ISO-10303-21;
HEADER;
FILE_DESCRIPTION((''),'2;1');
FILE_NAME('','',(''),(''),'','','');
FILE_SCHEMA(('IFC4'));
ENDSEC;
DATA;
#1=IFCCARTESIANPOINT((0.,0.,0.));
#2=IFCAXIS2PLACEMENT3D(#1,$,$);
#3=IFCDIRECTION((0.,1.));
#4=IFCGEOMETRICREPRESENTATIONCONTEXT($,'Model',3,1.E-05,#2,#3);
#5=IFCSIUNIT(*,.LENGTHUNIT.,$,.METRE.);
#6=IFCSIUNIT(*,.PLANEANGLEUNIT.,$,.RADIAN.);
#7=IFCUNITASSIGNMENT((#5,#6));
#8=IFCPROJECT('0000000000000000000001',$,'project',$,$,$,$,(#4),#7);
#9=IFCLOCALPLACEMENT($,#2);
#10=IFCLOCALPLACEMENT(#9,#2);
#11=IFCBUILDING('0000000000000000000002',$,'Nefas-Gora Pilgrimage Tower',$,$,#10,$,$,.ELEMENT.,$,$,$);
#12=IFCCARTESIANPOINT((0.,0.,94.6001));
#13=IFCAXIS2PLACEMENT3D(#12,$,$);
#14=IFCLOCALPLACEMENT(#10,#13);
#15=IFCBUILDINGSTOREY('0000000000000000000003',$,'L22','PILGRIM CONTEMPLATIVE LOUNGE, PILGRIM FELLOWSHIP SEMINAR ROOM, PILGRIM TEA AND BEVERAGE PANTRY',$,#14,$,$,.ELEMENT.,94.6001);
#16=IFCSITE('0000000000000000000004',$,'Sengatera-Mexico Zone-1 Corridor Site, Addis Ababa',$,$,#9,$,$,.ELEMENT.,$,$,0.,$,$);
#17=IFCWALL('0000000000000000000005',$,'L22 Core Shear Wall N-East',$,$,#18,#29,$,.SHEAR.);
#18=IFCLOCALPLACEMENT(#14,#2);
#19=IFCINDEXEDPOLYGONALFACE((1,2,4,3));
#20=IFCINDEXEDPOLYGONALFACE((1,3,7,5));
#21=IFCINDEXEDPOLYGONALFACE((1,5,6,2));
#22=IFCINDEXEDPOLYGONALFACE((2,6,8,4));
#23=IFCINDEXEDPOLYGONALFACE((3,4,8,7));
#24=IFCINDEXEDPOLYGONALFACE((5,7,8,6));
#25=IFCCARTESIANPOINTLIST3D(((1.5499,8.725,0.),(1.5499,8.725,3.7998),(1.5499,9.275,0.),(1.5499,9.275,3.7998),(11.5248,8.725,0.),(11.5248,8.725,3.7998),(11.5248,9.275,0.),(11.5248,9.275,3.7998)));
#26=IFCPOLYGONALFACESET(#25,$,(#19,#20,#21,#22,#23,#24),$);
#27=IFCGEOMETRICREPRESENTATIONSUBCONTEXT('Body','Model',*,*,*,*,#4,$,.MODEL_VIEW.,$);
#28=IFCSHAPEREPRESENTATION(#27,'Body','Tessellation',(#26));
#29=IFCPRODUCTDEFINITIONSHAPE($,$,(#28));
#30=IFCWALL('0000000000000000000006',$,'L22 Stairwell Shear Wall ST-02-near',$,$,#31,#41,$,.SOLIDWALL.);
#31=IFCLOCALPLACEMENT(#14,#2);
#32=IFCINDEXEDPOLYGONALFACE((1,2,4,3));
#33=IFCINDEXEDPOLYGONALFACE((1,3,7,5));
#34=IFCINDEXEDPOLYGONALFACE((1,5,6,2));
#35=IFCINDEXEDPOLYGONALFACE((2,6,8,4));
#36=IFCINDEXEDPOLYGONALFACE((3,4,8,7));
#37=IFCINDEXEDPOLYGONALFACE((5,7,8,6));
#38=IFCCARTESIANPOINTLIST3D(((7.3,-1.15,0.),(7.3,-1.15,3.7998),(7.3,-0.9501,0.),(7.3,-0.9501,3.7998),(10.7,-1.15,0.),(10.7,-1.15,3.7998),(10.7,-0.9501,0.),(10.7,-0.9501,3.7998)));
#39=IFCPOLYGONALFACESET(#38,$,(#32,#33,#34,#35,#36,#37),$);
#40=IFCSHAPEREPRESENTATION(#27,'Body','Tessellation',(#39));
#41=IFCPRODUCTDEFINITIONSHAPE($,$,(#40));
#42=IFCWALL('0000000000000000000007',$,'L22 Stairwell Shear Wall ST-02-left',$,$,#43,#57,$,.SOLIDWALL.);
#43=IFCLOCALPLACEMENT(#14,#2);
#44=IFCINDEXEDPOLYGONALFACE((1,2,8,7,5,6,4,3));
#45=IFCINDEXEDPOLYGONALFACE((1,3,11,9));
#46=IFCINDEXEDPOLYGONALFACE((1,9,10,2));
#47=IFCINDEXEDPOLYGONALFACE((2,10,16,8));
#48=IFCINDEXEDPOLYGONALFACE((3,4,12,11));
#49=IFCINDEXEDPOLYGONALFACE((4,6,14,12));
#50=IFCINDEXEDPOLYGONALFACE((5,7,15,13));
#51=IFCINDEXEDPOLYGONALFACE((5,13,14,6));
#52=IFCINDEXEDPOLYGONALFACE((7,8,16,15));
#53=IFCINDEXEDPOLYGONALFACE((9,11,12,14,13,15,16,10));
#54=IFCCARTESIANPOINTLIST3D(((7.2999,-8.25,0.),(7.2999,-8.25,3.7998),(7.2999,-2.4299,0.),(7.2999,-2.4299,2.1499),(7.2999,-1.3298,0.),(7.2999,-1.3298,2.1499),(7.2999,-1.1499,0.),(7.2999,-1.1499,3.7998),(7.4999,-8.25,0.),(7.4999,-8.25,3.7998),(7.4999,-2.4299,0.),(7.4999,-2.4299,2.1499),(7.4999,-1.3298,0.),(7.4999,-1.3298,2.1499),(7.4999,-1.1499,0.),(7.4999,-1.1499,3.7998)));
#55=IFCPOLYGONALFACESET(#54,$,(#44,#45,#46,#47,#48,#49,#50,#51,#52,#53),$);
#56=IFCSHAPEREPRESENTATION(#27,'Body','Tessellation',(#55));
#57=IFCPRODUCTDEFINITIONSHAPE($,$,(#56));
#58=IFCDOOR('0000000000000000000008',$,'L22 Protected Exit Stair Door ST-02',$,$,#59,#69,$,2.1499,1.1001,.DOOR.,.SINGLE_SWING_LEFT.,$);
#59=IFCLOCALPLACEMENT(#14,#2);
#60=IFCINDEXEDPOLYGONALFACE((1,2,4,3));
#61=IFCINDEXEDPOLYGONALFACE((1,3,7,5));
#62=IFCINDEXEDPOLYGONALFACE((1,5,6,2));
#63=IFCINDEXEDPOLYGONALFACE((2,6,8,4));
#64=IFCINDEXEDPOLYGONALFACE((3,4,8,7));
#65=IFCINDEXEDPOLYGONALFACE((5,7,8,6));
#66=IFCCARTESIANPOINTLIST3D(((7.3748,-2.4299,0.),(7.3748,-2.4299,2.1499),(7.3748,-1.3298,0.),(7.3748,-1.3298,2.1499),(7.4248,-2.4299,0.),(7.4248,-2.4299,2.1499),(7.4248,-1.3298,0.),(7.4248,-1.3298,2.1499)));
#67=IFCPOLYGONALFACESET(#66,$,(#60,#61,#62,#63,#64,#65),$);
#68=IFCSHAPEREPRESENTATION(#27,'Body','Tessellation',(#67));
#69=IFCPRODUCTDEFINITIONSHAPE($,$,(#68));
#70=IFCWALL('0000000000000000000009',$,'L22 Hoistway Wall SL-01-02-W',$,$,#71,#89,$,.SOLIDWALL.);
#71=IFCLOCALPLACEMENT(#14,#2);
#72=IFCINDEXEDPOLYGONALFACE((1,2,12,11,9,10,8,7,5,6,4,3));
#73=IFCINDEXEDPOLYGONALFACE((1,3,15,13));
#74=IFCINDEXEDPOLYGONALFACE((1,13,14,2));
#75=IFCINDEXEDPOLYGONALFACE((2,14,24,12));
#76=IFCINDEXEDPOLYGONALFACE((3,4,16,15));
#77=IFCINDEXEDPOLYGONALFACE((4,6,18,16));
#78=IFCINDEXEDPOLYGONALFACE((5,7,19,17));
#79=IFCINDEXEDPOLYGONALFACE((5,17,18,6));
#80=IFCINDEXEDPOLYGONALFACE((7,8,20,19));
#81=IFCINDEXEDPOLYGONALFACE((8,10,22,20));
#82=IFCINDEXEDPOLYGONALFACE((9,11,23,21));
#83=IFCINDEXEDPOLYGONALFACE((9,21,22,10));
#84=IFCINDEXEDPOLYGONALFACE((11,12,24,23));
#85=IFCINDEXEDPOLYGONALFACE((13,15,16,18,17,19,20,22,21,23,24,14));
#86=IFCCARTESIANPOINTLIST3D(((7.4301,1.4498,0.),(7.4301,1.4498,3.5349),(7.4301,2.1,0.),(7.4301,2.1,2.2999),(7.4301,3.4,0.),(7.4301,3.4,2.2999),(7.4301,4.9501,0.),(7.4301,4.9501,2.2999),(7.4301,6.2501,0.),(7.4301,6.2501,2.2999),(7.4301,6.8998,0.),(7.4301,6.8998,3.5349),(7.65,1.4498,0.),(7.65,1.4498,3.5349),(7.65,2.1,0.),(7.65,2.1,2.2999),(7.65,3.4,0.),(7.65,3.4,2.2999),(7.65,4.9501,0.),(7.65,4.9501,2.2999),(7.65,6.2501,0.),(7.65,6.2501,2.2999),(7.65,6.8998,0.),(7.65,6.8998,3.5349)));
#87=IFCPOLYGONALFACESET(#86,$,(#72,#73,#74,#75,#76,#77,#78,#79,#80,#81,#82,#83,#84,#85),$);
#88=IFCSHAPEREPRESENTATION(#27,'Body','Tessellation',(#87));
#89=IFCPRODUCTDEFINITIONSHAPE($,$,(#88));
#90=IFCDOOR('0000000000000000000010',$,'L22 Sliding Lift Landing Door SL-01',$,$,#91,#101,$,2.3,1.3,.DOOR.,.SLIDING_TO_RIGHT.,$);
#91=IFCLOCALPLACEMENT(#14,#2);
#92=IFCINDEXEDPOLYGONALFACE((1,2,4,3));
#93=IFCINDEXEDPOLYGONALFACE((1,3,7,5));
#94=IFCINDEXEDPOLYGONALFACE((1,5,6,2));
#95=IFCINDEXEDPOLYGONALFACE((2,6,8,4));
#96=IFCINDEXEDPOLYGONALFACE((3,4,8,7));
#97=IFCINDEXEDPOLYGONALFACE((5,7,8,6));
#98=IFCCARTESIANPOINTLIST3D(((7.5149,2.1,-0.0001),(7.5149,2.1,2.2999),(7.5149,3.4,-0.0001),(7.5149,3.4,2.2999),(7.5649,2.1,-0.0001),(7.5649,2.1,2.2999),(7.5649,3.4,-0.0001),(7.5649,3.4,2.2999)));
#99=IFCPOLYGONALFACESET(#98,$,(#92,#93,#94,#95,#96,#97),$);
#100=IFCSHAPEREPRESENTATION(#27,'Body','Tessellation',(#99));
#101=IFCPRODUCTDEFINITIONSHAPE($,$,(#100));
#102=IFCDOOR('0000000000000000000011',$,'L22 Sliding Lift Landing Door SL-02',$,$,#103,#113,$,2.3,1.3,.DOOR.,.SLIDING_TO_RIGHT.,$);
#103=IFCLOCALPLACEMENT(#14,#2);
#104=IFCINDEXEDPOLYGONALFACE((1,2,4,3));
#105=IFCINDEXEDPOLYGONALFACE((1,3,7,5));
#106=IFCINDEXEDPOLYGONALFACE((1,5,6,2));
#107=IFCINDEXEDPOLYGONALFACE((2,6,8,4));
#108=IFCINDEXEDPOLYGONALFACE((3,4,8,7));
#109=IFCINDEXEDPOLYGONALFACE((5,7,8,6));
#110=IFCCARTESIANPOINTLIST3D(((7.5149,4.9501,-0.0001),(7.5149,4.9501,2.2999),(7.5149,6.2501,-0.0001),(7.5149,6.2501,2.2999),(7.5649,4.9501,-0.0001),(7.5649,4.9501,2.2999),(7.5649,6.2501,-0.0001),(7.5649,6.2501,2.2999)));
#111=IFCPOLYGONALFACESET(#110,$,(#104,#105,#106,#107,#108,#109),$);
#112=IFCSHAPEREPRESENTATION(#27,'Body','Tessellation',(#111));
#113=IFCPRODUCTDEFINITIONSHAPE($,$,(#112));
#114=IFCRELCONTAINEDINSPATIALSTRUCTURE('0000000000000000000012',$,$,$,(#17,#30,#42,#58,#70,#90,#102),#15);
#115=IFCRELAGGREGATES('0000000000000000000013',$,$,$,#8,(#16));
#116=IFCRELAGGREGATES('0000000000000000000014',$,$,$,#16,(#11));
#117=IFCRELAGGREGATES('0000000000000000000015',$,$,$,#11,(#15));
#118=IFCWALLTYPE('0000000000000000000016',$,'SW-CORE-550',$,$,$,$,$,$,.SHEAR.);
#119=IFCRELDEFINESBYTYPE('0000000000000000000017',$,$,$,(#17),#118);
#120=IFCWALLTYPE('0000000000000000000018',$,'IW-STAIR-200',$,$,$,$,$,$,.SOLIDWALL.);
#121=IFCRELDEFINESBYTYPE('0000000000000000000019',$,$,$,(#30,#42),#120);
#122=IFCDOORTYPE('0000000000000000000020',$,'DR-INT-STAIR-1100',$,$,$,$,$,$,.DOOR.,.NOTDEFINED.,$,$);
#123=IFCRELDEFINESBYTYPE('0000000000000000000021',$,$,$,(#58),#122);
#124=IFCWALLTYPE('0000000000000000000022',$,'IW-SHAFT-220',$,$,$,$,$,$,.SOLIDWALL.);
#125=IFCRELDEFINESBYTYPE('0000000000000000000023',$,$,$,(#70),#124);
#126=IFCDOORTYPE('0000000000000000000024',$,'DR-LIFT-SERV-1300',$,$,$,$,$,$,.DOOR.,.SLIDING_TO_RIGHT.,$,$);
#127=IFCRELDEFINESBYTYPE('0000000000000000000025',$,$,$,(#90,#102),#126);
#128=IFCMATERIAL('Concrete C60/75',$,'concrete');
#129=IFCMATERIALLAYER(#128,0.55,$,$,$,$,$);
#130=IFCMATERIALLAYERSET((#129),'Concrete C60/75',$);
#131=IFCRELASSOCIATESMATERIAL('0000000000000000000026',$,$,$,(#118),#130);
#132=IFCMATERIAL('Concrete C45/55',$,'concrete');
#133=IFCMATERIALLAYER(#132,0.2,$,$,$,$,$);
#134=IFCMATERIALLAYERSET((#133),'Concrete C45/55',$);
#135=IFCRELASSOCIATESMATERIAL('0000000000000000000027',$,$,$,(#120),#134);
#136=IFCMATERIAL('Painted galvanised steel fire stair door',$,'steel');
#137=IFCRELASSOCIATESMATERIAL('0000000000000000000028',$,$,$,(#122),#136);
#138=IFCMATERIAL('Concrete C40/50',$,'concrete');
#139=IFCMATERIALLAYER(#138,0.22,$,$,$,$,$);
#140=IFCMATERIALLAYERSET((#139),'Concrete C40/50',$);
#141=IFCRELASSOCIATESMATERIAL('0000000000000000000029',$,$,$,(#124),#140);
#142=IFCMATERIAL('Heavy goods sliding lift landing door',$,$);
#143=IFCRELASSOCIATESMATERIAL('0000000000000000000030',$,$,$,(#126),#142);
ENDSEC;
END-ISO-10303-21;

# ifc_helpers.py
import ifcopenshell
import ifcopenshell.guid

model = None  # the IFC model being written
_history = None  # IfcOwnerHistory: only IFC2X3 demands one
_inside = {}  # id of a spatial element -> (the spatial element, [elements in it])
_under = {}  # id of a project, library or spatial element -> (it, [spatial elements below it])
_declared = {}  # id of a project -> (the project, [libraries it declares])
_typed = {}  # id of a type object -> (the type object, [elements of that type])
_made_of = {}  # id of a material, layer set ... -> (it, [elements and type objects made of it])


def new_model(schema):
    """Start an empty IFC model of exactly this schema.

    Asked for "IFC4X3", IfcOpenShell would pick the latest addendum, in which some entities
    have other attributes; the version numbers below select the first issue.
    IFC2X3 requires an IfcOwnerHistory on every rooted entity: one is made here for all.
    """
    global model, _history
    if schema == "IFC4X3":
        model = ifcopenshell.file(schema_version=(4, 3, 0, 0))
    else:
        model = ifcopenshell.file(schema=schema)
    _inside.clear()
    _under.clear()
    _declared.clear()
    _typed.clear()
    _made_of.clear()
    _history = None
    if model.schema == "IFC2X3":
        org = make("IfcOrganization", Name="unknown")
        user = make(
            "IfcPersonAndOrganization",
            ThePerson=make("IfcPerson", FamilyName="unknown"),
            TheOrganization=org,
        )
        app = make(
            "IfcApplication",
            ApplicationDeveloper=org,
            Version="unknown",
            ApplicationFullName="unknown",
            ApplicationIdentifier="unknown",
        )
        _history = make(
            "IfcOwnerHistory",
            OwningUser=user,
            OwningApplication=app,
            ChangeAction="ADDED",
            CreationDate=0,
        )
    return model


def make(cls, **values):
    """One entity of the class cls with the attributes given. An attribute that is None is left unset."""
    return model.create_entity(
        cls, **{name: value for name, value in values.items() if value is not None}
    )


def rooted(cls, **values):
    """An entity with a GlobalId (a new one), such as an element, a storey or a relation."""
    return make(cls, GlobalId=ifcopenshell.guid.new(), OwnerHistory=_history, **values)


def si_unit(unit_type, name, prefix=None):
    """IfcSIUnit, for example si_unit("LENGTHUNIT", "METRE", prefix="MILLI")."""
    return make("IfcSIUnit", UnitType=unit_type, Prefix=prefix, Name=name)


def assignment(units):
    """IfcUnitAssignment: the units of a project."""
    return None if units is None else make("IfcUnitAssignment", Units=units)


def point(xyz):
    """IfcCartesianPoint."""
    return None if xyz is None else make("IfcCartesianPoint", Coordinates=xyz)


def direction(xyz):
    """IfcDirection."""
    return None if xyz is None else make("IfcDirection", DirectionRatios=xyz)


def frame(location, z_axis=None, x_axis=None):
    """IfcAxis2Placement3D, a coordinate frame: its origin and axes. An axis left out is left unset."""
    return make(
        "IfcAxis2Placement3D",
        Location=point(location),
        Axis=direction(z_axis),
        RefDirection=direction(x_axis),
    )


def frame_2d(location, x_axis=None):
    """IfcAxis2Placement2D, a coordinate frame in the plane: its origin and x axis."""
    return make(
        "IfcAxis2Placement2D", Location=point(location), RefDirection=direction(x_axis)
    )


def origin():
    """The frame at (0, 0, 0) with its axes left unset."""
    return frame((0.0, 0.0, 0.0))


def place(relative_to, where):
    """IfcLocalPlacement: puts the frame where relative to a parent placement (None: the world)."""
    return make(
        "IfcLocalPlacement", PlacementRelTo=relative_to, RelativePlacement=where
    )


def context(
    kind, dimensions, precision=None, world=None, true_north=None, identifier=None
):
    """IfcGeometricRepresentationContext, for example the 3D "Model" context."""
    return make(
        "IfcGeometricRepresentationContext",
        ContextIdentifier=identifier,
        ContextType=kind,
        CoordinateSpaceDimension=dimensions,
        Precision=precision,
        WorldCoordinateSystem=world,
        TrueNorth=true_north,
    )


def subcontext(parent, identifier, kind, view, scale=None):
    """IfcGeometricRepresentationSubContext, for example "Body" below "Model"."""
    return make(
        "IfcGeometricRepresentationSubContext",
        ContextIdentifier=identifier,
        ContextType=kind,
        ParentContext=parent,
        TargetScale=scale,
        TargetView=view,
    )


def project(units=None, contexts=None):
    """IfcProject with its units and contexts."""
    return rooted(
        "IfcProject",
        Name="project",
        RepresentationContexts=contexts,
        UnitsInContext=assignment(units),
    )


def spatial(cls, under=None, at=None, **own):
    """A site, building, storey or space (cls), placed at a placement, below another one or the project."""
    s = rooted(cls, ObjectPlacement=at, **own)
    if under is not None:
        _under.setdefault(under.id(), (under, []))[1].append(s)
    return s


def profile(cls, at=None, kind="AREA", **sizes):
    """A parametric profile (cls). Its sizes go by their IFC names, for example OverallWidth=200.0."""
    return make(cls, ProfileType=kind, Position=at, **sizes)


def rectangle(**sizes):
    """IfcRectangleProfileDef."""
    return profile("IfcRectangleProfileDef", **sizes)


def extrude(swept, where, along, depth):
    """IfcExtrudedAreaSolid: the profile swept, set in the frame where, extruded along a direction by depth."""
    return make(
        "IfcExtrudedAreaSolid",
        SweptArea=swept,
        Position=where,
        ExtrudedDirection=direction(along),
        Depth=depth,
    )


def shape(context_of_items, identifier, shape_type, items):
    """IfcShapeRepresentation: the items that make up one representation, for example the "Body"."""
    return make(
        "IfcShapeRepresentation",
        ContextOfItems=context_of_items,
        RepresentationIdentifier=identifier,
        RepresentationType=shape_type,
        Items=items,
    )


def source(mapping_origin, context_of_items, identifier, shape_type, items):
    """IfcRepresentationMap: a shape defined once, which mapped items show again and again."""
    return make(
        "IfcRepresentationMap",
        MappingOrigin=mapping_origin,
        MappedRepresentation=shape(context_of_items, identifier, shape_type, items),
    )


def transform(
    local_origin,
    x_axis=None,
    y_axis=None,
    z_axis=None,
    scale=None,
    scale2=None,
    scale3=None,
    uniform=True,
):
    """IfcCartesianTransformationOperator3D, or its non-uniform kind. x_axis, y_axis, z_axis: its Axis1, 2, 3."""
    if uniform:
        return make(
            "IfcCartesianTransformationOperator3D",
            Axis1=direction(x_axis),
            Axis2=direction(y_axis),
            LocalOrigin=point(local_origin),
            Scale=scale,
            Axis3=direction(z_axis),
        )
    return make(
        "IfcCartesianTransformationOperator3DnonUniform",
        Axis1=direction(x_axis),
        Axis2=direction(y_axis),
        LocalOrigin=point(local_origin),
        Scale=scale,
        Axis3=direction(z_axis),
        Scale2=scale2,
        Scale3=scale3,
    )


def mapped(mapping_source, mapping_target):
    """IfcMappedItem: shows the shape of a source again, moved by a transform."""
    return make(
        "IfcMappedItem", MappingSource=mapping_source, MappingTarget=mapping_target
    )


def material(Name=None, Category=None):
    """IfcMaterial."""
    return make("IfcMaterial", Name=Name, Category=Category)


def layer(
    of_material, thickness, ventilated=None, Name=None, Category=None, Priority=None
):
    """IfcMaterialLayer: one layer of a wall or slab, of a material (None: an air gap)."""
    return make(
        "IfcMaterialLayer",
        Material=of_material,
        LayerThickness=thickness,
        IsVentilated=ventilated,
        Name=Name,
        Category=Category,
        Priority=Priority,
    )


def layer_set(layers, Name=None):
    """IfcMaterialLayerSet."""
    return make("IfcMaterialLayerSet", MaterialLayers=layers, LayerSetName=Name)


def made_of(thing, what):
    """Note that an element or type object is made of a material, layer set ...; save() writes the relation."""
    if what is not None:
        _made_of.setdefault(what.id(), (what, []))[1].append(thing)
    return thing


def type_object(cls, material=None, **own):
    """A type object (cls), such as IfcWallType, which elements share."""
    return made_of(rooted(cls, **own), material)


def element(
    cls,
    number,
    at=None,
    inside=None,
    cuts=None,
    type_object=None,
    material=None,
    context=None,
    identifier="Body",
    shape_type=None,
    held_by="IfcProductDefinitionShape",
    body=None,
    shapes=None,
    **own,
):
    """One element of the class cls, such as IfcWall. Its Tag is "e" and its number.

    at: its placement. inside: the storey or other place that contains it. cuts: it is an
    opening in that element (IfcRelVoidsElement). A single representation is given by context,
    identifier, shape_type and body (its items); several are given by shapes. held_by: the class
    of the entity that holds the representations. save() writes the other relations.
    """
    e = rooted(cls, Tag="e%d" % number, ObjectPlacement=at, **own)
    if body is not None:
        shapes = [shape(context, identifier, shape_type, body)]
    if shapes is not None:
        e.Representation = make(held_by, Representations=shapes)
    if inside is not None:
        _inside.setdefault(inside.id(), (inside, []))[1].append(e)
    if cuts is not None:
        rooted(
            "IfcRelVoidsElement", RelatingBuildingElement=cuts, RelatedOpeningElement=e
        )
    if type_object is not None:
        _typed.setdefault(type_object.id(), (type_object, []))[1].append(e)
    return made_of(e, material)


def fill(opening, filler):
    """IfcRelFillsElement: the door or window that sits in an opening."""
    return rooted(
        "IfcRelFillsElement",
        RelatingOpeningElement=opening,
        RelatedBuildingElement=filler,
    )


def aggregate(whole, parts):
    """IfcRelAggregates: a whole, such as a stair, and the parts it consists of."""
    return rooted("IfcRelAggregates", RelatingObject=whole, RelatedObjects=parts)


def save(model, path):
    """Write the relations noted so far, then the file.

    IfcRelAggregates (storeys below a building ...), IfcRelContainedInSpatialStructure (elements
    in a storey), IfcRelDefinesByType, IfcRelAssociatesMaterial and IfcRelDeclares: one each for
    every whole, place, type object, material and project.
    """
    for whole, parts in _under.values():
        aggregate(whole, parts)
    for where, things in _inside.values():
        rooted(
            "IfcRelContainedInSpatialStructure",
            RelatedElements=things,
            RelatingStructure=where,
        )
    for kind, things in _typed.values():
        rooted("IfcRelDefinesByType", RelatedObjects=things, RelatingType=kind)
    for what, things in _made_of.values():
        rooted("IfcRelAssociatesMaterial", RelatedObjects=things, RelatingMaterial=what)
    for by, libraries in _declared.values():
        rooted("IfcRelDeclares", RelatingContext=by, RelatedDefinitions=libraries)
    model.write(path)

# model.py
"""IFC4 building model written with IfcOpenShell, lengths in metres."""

from ifc_helpers import new_model, si_unit, direction, frame, frame_2d, origin, place, context, subcontext, project, spatial, rectangle, extrude, source, transform, mapped, material, layer, layer_set, type_object, element, fill, save


model = new_model("IFC4")

# Units and contexts
model_context = context("Model", 3, precision=1e-05, world=origin(), true_north=direction((0.0, 1.0)))
body_context = subcontext(model_context, "Body", "Model", "MODEL_VIEW")
ifc_project = project(units=[si_unit("LENGTHUNIT", "METRE"), si_unit("PLANEANGLEUNIT", "RADIAN")], contexts=[model_context])

# Site, building, storey
site_placement = place(None, origin())
site = spatial("IfcSite", under=ifc_project, at=site_placement, Name="Sengatera-Mexico Zone-1 Corridor Site, Addis Ababa", CompositionType="ELEMENT", RefElevation=0.0)
building_placement = place(site_placement, origin())
building = spatial("IfcBuilding", under=site, at=building_placement, Name="Nefas-Gora Pilgrimage Tower", CompositionType="ELEMENT")
storey_placement = place(building_placement, frame((0.0, 0.0, 94.6001)))
storey = spatial("IfcBuildingStorey", under=building, at=storey_placement, Name="L22", Description="PILGRIM CONTEMPLATIVE LOUNGE, PILGRIM FELLOWSHIP SEMINAR ROOM, PILGRIM TEA AND BEVERAGE PANTRY", CompositionType="ELEMENT", Elevation=94.6001)

# Walls
ifc_material_1 = material(Name="Concrete C60/75", Category="concrete")
ifc_layer_1 = layer(ifc_material_1, 0.55)
ifc_layer_set_1 = layer_set([ifc_layer_1], Name="Concrete C60/75")
wall_type_1 = type_object("IfcWallType", Name="SW-CORE-550", PredefinedType="SHEAR", material=ifc_layer_set_1)
shared_shape_1 = source(origin(), body_context, "Body", "SweptSolid", [
    extrude(rectangle(XDim=9.9749, YDim=0.55, at=frame_2d((4.9873, 0.0))), origin(), (0.0, 0.0, 1.0), 3.7998),
])
wall_1_placement = place(storey_placement, frame((1.55, 9.0, 0.0), z_axis=(0.0, 0.0, 1.0), x_axis=(1.0, 0.0, 0.0)))
element("IfcWall", 1, at=wall_1_placement, inside=storey, type_object=wall_type_1, Name="L22 Core Shear Wall N-East", PredefinedType="SHEAR", context=body_context, shape_type="MappedRepresentation", body=[
    mapped(shared_shape_1, transform((0.0, 0.0, 0.0), x_axis=(1.0, 0.0, 0.0), y_axis=(0.0, 1.0, 0.0), z_axis=(0.0, 0.0, 1.0), scale=1.0)),
])
ifc_material_2 = material(Name="Concrete C45/55", Category="concrete")
ifc_layer_2 = layer(ifc_material_2, 0.2)
ifc_layer_set_2 = layer_set([ifc_layer_2], Name="Concrete C45/55")
wall_type_2 = type_object("IfcWallType", Name="IW-STAIR-200", PredefinedType="SOLIDWALL", material=ifc_layer_set_2)
shared_shape_2 = source(origin(), body_context, "Body", "SweptSolid", [
    extrude(rectangle(XDim=3.3999, YDim=0.2, at=frame_2d((1.7, 0.0))), origin(), (0.0, 0.0, 1.0), 3.7998),
])
wall_2_placement = place(storey_placement, frame((7.3, -1.05, 0.0), z_axis=(0.0, 0.0, 1.0), x_axis=(1.0, 0.0, 0.0)))
element("IfcWall", 2, at=wall_2_placement, inside=storey, type_object=wall_type_2, Name="L22 Stairwell Shear Wall ST-02-near", PredefinedType="SOLIDWALL", context=body_context, shape_type="MappedRepresentation", body=[
    mapped(shared_shape_2, transform((0.0, 0.0, 0.0), x_axis=(1.0, 0.0, 0.0), y_axis=(0.0, 1.0, 0.0), z_axis=(0.0, 0.0, 1.0), scale=1.0)),
])

# Wall, opening, door
shared_shape_3 = source(origin(), body_context, "Body", "SweptSolid", [
    extrude(rectangle(XDim=7.1001, YDim=0.2, at=frame_2d((3.55, 0.0))), origin(), (0.0, 0.0, 1.0), 3.7998),
])
wall_3_placement = place(storey_placement, frame((7.3999, -1.1499, 0.0), z_axis=(0.0, 0.0, 1.0), x_axis=(0.0, -1.0, 0.0)))
wall_3 = element("IfcWall", 3, at=wall_3_placement, inside=storey, type_object=wall_type_2, Name="L22 Stairwell Shear Wall ST-02-left", PredefinedType="SOLIDWALL", context=body_context, shape_type="MappedRepresentation", body=[
    mapped(shared_shape_3, transform((0.0, 0.0, 0.0), x_axis=(1.0, 0.0, 0.0), y_axis=(0.0, 1.0, 0.0), z_axis=(0.0, 0.0, 1.0), scale=1.0)),
])
opening_1_placement = place(wall_3_placement, frame((0.1799, 0.0, 0.0)))
opening_1 = element("IfcOpeningElement", 4, at=opening_1_placement, cuts=wall_3, PredefinedType="OPENING", context=body_context, shape_type="SweptSolid", body=[
    extrude(rectangle(XDim=1.1001, YDim=2.1499, at=frame_2d((0.55, 1.075))), frame((0.0, 0.1099, 0.0), z_axis=(0.0, -1.0, 0.0), x_axis=(1.0, 0.0, 0.0)), (0.0, 0.0, 1.0), 0.22),
])
ifc_material_3 = material(Name="Painted galvanised steel fire stair door", Category="steel")
door_type_1 = type_object("IfcDoorType", Name="DR-INT-STAIR-1100", OperationType="NOTDEFINED", PredefinedType="DOOR", material=ifc_material_3)
shared_shape_4 = source(origin(), body_context, "Body", "SweptSolid", [
    extrude(rectangle(XDim=1.1001, YDim=2.1499, at=frame_2d((0.55, 1.075))), frame((0.0, 0.0249, 0.0), z_axis=(0.0, -1.0, 0.0), x_axis=(1.0, 0.0, 0.0)), (0.0, 0.0, 1.0), 0.05),
])
door_1_placement = place(opening_1_placement, origin())
door_1 = element("IfcDoor", 5, at=door_1_placement, inside=storey, type_object=door_type_1, Name="L22 Protected Exit Stair Door ST-02", OperationType="SINGLE_SWING_LEFT", OverallHeight=2.1499, OverallWidth=1.1001, PredefinedType="DOOR", context=body_context, shape_type="MappedRepresentation", body=[
    mapped(shared_shape_4, transform((0.0, 0.0, 0.0), x_axis=(1.0, 0.0, 0.0), y_axis=(0.0, 1.0, 0.0), z_axis=(0.0, 0.0, 1.0), scale=1.0)),
])
fill(opening_1, door_1)

# Wall, openings, doors
ifc_material_4 = material(Name="Concrete C40/50", Category="concrete")
ifc_layer_3 = layer(ifc_material_4, 0.22)
ifc_layer_set_3 = layer_set([ifc_layer_3], Name="Concrete C40/50")
wall_type_3 = type_object("IfcWallType", Name="IW-SHAFT-220", PredefinedType="SOLIDWALL", material=ifc_layer_set_3)
shared_shape_5 = source(origin(), body_context, "Body", "SweptSolid", [
    extrude(rectangle(XDim=5.45, YDim=0.22, at=frame_2d((2.7251, 0.0))), origin(), (0.0, 0.0, 1.0), 3.5349),
])
wall_4_placement = place(storey_placement, frame((7.54, 6.8999, 0.0), z_axis=(0.0, 0.0, 1.0), x_axis=(0.0, -1.0, 0.0)))
wall_4 = element("IfcWall", 6, at=wall_4_placement, inside=storey, type_object=wall_type_3, Name="L22 Hoistway Wall SL-01-02-W", PredefinedType="SOLIDWALL", context=body_context, shape_type="MappedRepresentation", body=[
    mapped(shared_shape_5, transform((0.0, 0.0, 0.0), x_axis=(1.0, 0.0, 0.0), y_axis=(0.0, 1.0, 0.0), z_axis=(0.0, 0.0, 1.0), scale=1.0)),
])
opening_2_placement = place(wall_4_placement, frame((3.5, 0.0, 0.0)))
opening_2 = element("IfcOpeningElement", 7, at=opening_2_placement, cuts=wall_4, PredefinedType="OPENING", context=body_context, shape_type="SweptSolid", body=[
    extrude(rectangle(XDim=1.3, YDim=2.3, at=frame_2d((0.6499, 1.1499))), frame((0.0, 0.1199, 0.0), z_axis=(0.0, -1.0, 0.0), x_axis=(1.0, 0.0, 0.0)), (0.0, 0.0, 1.0), 0.24),
])
opening_3_placement = place(wall_4_placement, frame((0.6499, 0.0, 0.0)))
opening_3 = element("IfcOpeningElement", 8, at=opening_3_placement, cuts=wall_4, PredefinedType="OPENING", context=body_context, shape_type="SweptSolid", body=[
    extrude(rectangle(XDim=1.3, YDim=2.3, at=frame_2d((0.6499, 1.1499))), frame((0.0, 0.1199, 0.0), z_axis=(0.0, -1.0, 0.0), x_axis=(1.0, 0.0, 0.0)), (0.0, 0.0, 1.0), 0.24),
])
ifc_material_5 = material(Name="Heavy goods sliding lift landing door")
door_type_2 = type_object("IfcDoorType", Name="DR-LIFT-SERV-1300", OperationType="SLIDING_TO_RIGHT", PredefinedType="DOOR", material=ifc_material_5)
shared_shape_6 = source(origin(), body_context, "Body", "SweptSolid", [
    extrude(rectangle(XDim=1.3, YDim=2.3, at=frame_2d((0.6499, 1.1499))), frame((0.0, 0.0249, 0.0), z_axis=(0.0, -1.0, 0.0), x_axis=(1.0, 0.0, 0.0)), (0.0, 0.0, 1.0), 0.05),
])
door_2_placement = place(opening_2_placement, origin())
door_2 = element("IfcDoor", 9, at=door_2_placement, inside=storey, type_object=door_type_2, Name="L22 Sliding Lift Landing Door SL-01", OperationType="SLIDING_TO_RIGHT", OverallHeight=2.3, OverallWidth=1.3, PredefinedType="DOOR", context=body_context, shape_type="MappedRepresentation", body=[
    mapped(shared_shape_6, transform((0.0, 0.0, 0.0), x_axis=(1.0, 0.0, 0.0), y_axis=(0.0, 1.0, 0.0), z_axis=(0.0, 0.0, 1.0), scale=1.0)),
])
fill(opening_2, door_2)
door_3_placement = place(opening_3_placement, origin())
door_3 = element("IfcDoor", 10, at=door_3_placement, inside=storey, type_object=door_type_2, Name="L22 Sliding Lift Landing Door SL-02", OperationType="SLIDING_TO_RIGHT", OverallHeight=2.3, OverallWidth=1.3, PredefinedType="DOOR", context=body_context, shape_type="MappedRepresentation", body=[
    mapped(shared_shape_6, transform((0.0, 0.0, 0.0), x_axis=(1.0, 0.0, 0.0), y_axis=(0.0, 1.0, 0.0), z_axis=(0.0, 0.0, 1.0), scale=1.0)),
])
fill(opening_3, door_3)

save(model, "model.ifc")
